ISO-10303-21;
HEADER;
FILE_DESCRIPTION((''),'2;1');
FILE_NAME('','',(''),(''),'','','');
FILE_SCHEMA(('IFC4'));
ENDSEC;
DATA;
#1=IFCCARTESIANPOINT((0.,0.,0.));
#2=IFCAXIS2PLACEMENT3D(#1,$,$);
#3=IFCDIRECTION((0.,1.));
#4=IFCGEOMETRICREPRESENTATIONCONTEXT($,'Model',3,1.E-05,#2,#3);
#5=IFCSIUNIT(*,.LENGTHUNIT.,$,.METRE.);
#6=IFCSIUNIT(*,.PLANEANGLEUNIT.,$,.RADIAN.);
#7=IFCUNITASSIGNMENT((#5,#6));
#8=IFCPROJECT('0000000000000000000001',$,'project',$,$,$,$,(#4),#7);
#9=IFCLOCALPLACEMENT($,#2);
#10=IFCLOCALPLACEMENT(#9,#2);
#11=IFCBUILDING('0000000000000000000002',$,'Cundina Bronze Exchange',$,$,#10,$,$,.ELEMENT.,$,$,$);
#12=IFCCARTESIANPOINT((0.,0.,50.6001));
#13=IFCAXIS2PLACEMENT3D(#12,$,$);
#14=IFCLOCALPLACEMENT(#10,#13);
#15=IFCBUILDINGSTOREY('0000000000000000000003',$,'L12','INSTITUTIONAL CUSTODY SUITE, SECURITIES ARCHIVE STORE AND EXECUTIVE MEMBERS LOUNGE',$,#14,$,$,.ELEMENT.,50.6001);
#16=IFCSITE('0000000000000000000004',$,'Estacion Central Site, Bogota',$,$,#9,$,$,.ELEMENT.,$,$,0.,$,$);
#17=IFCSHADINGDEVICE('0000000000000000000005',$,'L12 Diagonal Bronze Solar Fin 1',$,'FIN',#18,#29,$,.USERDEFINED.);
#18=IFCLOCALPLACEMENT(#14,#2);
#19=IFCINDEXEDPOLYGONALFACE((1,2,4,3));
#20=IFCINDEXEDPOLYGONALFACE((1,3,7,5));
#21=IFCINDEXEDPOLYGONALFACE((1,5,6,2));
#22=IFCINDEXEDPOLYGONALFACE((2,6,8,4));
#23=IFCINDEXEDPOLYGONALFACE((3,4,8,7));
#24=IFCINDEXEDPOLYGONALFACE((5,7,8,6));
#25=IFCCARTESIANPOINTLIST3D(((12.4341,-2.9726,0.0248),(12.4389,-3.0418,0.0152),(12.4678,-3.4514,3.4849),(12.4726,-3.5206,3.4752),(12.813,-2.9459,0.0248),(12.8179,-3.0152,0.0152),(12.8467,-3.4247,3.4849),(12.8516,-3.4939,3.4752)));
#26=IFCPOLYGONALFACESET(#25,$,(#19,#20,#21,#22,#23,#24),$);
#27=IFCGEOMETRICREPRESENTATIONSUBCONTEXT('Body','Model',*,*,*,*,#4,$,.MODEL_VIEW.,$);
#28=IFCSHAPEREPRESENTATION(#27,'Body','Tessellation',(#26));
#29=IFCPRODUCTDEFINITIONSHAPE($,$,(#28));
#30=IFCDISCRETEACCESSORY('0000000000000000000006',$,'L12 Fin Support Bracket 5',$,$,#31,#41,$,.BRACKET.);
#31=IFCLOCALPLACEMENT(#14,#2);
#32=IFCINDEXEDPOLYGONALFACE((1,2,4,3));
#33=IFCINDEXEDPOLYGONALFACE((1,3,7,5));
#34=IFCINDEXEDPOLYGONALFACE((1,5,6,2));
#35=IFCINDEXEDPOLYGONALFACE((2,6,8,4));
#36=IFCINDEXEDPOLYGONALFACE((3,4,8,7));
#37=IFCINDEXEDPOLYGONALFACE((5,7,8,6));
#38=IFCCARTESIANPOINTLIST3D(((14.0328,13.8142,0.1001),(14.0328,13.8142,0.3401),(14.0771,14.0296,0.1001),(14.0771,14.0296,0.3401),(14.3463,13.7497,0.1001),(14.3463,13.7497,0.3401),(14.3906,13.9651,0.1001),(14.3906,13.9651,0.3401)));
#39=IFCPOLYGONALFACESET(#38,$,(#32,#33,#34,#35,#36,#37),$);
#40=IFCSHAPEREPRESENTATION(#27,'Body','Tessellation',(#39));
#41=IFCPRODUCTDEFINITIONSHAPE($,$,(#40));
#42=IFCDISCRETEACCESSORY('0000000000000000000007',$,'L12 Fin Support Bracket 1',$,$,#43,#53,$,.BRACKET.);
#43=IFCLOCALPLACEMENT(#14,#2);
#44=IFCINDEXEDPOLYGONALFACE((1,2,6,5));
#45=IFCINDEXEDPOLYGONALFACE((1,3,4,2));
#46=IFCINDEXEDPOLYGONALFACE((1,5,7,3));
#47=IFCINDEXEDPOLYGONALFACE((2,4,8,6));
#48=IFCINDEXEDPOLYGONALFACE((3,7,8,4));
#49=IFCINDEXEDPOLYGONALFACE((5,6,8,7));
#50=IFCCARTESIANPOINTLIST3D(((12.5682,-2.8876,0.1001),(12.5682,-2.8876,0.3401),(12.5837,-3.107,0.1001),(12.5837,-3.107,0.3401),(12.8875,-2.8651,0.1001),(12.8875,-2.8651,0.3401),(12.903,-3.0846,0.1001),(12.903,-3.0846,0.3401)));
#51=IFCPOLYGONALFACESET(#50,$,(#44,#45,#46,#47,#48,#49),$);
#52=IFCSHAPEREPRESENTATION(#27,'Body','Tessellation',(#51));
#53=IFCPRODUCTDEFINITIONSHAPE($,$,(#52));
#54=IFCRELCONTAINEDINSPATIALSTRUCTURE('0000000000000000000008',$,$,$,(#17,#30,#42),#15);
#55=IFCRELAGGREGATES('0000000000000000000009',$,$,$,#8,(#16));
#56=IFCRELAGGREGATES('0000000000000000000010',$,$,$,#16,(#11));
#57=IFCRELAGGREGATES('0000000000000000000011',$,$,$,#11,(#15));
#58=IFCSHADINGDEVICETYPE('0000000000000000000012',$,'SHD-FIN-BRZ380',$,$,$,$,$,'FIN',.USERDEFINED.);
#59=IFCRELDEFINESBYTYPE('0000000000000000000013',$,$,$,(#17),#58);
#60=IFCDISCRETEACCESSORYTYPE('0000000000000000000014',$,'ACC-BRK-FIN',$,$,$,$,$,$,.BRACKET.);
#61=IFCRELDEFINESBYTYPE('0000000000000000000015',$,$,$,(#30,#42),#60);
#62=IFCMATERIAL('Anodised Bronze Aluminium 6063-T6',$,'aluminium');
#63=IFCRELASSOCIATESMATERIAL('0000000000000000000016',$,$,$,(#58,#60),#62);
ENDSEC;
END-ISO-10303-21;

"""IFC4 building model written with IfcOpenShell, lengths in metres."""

from ifc_helpers import new_model, si_unit, direction, frame, origin, origin_2d, place, context, subcontext, project, spatial, rectangle, extrude, material, material_profile, profile_set, type_object, element, save


model = new_model("IFC4")

# Units and contexts
model_context = context("Model", 3, precision=1e-05, world=origin(), true_north=direction((0.0, 1.0)))
body_context = subcontext(model_context, "Body", "Model", "MODEL_VIEW")
ifc_project = project(units=[si_unit("LENGTHUNIT", "METRE"), si_unit("PLANEANGLEUNIT", "RADIAN")], contexts=[model_context])

# Site, building, storey
site_placement = place(None, origin())
site = spatial("IfcSite", under=ifc_project, at=site_placement, Name="Estacion Central Site, Bogota", CompositionType="ELEMENT", RefElevation=0.0)
building_placement = place(site_placement, origin())
building = spatial("IfcBuilding", under=site, at=building_placement, Name="Cundina Bronze Exchange", CompositionType="ELEMENT")
storey_placement = place(building_placement, frame((0.0, 0.0, 50.6001)))
storey = spatial("IfcBuildingStorey", under=building, at=storey_placement, Name="L12", Description="INSTITUTIONAL CUSTODY SUITE, SECURITIES ARCHIVE STORE AND EXECUTIVE MEMBERS LOUNGE", CompositionType="ELEMENT", Elevation=50.6001)

# Shared definitions
ifc_material_1 = material(Name="Anodised Bronze Aluminium 6063-T6", Category="aluminium")

# Shading device
ifc_material_profile_1 = material_profile(ifc_material_1, rectangle(XDim=0.0701, YDim=0.3799, at=origin_2d()), Name="FIN70X380", Category="aluminium")
ifc_profile_set_1 = profile_set([ifc_material_profile_1], Name="Anodised Bronze Aluminium 6063-T6")
shading_device_type = type_object("IfcShadingDeviceType", Name="SHD-FIN-BRZ380", ElementType="FIN", PredefinedType="USERDEFINED", material=ifc_profile_set_1)
for number, where, z_axis, x_axis, name in (
    (1, (12.626, -2.9939, 0.02), (0.009645, -0.137059, 0.990516), (-0.069533, 0.988072, 0.137398), "L12 Diagonal Bronze Solar Fin 1"),
):
    element("IfcShadingDevice", number, at=place(storey_placement, frame(where, z_axis=z_axis, x_axis=x_axis)), inside=storey, type_object=shading_device_type, Name=name, ObjectType="FIN", PredefinedType="USERDEFINED", context=body_context, shape_type="SweptSolid", body=[
        extrude(rectangle(XDim=0.0701, YDim=0.3799, at=origin_2d()), origin(), (0.0, 0.0, 1.0), 3.4932),
    ])

# Discrete accessories
discrete_accessory_type = type_object("IfcDiscreteAccessoryType", Name="ACC-BRK-FIN", PredefinedType="BRACKET", material=ifc_material_1)
for number, where, z_axis, x_axis, name in (
    (2, (14.2117, 13.8896, 0.1001), (0.0, 0.0, 1.0), (-0.20142, -0.979505, 0.0), "L12 Fin Support Bracket 5"),
    (3, (12.7356, -2.9861, 0.1001), (0.0, 0.0, 1.0), (0.070279, -0.997527, 0.0), "L12 Fin Support Bracket 1"),
):
    element("IfcDiscreteAccessory", number, at=place(storey_placement, frame(where, z_axis=z_axis, x_axis=x_axis)), inside=storey, type_object=discrete_accessory_type, Name=name, PredefinedType="BRACKET", context=body_context, shape_type="SweptSolid", body=[
        extrude(rectangle(XDim=0.22, YDim=0.3201, at=origin_2d()), origin(), (0.0, 0.0, 1.0), 0.24),
    ])

save(model, "model.ifc")
